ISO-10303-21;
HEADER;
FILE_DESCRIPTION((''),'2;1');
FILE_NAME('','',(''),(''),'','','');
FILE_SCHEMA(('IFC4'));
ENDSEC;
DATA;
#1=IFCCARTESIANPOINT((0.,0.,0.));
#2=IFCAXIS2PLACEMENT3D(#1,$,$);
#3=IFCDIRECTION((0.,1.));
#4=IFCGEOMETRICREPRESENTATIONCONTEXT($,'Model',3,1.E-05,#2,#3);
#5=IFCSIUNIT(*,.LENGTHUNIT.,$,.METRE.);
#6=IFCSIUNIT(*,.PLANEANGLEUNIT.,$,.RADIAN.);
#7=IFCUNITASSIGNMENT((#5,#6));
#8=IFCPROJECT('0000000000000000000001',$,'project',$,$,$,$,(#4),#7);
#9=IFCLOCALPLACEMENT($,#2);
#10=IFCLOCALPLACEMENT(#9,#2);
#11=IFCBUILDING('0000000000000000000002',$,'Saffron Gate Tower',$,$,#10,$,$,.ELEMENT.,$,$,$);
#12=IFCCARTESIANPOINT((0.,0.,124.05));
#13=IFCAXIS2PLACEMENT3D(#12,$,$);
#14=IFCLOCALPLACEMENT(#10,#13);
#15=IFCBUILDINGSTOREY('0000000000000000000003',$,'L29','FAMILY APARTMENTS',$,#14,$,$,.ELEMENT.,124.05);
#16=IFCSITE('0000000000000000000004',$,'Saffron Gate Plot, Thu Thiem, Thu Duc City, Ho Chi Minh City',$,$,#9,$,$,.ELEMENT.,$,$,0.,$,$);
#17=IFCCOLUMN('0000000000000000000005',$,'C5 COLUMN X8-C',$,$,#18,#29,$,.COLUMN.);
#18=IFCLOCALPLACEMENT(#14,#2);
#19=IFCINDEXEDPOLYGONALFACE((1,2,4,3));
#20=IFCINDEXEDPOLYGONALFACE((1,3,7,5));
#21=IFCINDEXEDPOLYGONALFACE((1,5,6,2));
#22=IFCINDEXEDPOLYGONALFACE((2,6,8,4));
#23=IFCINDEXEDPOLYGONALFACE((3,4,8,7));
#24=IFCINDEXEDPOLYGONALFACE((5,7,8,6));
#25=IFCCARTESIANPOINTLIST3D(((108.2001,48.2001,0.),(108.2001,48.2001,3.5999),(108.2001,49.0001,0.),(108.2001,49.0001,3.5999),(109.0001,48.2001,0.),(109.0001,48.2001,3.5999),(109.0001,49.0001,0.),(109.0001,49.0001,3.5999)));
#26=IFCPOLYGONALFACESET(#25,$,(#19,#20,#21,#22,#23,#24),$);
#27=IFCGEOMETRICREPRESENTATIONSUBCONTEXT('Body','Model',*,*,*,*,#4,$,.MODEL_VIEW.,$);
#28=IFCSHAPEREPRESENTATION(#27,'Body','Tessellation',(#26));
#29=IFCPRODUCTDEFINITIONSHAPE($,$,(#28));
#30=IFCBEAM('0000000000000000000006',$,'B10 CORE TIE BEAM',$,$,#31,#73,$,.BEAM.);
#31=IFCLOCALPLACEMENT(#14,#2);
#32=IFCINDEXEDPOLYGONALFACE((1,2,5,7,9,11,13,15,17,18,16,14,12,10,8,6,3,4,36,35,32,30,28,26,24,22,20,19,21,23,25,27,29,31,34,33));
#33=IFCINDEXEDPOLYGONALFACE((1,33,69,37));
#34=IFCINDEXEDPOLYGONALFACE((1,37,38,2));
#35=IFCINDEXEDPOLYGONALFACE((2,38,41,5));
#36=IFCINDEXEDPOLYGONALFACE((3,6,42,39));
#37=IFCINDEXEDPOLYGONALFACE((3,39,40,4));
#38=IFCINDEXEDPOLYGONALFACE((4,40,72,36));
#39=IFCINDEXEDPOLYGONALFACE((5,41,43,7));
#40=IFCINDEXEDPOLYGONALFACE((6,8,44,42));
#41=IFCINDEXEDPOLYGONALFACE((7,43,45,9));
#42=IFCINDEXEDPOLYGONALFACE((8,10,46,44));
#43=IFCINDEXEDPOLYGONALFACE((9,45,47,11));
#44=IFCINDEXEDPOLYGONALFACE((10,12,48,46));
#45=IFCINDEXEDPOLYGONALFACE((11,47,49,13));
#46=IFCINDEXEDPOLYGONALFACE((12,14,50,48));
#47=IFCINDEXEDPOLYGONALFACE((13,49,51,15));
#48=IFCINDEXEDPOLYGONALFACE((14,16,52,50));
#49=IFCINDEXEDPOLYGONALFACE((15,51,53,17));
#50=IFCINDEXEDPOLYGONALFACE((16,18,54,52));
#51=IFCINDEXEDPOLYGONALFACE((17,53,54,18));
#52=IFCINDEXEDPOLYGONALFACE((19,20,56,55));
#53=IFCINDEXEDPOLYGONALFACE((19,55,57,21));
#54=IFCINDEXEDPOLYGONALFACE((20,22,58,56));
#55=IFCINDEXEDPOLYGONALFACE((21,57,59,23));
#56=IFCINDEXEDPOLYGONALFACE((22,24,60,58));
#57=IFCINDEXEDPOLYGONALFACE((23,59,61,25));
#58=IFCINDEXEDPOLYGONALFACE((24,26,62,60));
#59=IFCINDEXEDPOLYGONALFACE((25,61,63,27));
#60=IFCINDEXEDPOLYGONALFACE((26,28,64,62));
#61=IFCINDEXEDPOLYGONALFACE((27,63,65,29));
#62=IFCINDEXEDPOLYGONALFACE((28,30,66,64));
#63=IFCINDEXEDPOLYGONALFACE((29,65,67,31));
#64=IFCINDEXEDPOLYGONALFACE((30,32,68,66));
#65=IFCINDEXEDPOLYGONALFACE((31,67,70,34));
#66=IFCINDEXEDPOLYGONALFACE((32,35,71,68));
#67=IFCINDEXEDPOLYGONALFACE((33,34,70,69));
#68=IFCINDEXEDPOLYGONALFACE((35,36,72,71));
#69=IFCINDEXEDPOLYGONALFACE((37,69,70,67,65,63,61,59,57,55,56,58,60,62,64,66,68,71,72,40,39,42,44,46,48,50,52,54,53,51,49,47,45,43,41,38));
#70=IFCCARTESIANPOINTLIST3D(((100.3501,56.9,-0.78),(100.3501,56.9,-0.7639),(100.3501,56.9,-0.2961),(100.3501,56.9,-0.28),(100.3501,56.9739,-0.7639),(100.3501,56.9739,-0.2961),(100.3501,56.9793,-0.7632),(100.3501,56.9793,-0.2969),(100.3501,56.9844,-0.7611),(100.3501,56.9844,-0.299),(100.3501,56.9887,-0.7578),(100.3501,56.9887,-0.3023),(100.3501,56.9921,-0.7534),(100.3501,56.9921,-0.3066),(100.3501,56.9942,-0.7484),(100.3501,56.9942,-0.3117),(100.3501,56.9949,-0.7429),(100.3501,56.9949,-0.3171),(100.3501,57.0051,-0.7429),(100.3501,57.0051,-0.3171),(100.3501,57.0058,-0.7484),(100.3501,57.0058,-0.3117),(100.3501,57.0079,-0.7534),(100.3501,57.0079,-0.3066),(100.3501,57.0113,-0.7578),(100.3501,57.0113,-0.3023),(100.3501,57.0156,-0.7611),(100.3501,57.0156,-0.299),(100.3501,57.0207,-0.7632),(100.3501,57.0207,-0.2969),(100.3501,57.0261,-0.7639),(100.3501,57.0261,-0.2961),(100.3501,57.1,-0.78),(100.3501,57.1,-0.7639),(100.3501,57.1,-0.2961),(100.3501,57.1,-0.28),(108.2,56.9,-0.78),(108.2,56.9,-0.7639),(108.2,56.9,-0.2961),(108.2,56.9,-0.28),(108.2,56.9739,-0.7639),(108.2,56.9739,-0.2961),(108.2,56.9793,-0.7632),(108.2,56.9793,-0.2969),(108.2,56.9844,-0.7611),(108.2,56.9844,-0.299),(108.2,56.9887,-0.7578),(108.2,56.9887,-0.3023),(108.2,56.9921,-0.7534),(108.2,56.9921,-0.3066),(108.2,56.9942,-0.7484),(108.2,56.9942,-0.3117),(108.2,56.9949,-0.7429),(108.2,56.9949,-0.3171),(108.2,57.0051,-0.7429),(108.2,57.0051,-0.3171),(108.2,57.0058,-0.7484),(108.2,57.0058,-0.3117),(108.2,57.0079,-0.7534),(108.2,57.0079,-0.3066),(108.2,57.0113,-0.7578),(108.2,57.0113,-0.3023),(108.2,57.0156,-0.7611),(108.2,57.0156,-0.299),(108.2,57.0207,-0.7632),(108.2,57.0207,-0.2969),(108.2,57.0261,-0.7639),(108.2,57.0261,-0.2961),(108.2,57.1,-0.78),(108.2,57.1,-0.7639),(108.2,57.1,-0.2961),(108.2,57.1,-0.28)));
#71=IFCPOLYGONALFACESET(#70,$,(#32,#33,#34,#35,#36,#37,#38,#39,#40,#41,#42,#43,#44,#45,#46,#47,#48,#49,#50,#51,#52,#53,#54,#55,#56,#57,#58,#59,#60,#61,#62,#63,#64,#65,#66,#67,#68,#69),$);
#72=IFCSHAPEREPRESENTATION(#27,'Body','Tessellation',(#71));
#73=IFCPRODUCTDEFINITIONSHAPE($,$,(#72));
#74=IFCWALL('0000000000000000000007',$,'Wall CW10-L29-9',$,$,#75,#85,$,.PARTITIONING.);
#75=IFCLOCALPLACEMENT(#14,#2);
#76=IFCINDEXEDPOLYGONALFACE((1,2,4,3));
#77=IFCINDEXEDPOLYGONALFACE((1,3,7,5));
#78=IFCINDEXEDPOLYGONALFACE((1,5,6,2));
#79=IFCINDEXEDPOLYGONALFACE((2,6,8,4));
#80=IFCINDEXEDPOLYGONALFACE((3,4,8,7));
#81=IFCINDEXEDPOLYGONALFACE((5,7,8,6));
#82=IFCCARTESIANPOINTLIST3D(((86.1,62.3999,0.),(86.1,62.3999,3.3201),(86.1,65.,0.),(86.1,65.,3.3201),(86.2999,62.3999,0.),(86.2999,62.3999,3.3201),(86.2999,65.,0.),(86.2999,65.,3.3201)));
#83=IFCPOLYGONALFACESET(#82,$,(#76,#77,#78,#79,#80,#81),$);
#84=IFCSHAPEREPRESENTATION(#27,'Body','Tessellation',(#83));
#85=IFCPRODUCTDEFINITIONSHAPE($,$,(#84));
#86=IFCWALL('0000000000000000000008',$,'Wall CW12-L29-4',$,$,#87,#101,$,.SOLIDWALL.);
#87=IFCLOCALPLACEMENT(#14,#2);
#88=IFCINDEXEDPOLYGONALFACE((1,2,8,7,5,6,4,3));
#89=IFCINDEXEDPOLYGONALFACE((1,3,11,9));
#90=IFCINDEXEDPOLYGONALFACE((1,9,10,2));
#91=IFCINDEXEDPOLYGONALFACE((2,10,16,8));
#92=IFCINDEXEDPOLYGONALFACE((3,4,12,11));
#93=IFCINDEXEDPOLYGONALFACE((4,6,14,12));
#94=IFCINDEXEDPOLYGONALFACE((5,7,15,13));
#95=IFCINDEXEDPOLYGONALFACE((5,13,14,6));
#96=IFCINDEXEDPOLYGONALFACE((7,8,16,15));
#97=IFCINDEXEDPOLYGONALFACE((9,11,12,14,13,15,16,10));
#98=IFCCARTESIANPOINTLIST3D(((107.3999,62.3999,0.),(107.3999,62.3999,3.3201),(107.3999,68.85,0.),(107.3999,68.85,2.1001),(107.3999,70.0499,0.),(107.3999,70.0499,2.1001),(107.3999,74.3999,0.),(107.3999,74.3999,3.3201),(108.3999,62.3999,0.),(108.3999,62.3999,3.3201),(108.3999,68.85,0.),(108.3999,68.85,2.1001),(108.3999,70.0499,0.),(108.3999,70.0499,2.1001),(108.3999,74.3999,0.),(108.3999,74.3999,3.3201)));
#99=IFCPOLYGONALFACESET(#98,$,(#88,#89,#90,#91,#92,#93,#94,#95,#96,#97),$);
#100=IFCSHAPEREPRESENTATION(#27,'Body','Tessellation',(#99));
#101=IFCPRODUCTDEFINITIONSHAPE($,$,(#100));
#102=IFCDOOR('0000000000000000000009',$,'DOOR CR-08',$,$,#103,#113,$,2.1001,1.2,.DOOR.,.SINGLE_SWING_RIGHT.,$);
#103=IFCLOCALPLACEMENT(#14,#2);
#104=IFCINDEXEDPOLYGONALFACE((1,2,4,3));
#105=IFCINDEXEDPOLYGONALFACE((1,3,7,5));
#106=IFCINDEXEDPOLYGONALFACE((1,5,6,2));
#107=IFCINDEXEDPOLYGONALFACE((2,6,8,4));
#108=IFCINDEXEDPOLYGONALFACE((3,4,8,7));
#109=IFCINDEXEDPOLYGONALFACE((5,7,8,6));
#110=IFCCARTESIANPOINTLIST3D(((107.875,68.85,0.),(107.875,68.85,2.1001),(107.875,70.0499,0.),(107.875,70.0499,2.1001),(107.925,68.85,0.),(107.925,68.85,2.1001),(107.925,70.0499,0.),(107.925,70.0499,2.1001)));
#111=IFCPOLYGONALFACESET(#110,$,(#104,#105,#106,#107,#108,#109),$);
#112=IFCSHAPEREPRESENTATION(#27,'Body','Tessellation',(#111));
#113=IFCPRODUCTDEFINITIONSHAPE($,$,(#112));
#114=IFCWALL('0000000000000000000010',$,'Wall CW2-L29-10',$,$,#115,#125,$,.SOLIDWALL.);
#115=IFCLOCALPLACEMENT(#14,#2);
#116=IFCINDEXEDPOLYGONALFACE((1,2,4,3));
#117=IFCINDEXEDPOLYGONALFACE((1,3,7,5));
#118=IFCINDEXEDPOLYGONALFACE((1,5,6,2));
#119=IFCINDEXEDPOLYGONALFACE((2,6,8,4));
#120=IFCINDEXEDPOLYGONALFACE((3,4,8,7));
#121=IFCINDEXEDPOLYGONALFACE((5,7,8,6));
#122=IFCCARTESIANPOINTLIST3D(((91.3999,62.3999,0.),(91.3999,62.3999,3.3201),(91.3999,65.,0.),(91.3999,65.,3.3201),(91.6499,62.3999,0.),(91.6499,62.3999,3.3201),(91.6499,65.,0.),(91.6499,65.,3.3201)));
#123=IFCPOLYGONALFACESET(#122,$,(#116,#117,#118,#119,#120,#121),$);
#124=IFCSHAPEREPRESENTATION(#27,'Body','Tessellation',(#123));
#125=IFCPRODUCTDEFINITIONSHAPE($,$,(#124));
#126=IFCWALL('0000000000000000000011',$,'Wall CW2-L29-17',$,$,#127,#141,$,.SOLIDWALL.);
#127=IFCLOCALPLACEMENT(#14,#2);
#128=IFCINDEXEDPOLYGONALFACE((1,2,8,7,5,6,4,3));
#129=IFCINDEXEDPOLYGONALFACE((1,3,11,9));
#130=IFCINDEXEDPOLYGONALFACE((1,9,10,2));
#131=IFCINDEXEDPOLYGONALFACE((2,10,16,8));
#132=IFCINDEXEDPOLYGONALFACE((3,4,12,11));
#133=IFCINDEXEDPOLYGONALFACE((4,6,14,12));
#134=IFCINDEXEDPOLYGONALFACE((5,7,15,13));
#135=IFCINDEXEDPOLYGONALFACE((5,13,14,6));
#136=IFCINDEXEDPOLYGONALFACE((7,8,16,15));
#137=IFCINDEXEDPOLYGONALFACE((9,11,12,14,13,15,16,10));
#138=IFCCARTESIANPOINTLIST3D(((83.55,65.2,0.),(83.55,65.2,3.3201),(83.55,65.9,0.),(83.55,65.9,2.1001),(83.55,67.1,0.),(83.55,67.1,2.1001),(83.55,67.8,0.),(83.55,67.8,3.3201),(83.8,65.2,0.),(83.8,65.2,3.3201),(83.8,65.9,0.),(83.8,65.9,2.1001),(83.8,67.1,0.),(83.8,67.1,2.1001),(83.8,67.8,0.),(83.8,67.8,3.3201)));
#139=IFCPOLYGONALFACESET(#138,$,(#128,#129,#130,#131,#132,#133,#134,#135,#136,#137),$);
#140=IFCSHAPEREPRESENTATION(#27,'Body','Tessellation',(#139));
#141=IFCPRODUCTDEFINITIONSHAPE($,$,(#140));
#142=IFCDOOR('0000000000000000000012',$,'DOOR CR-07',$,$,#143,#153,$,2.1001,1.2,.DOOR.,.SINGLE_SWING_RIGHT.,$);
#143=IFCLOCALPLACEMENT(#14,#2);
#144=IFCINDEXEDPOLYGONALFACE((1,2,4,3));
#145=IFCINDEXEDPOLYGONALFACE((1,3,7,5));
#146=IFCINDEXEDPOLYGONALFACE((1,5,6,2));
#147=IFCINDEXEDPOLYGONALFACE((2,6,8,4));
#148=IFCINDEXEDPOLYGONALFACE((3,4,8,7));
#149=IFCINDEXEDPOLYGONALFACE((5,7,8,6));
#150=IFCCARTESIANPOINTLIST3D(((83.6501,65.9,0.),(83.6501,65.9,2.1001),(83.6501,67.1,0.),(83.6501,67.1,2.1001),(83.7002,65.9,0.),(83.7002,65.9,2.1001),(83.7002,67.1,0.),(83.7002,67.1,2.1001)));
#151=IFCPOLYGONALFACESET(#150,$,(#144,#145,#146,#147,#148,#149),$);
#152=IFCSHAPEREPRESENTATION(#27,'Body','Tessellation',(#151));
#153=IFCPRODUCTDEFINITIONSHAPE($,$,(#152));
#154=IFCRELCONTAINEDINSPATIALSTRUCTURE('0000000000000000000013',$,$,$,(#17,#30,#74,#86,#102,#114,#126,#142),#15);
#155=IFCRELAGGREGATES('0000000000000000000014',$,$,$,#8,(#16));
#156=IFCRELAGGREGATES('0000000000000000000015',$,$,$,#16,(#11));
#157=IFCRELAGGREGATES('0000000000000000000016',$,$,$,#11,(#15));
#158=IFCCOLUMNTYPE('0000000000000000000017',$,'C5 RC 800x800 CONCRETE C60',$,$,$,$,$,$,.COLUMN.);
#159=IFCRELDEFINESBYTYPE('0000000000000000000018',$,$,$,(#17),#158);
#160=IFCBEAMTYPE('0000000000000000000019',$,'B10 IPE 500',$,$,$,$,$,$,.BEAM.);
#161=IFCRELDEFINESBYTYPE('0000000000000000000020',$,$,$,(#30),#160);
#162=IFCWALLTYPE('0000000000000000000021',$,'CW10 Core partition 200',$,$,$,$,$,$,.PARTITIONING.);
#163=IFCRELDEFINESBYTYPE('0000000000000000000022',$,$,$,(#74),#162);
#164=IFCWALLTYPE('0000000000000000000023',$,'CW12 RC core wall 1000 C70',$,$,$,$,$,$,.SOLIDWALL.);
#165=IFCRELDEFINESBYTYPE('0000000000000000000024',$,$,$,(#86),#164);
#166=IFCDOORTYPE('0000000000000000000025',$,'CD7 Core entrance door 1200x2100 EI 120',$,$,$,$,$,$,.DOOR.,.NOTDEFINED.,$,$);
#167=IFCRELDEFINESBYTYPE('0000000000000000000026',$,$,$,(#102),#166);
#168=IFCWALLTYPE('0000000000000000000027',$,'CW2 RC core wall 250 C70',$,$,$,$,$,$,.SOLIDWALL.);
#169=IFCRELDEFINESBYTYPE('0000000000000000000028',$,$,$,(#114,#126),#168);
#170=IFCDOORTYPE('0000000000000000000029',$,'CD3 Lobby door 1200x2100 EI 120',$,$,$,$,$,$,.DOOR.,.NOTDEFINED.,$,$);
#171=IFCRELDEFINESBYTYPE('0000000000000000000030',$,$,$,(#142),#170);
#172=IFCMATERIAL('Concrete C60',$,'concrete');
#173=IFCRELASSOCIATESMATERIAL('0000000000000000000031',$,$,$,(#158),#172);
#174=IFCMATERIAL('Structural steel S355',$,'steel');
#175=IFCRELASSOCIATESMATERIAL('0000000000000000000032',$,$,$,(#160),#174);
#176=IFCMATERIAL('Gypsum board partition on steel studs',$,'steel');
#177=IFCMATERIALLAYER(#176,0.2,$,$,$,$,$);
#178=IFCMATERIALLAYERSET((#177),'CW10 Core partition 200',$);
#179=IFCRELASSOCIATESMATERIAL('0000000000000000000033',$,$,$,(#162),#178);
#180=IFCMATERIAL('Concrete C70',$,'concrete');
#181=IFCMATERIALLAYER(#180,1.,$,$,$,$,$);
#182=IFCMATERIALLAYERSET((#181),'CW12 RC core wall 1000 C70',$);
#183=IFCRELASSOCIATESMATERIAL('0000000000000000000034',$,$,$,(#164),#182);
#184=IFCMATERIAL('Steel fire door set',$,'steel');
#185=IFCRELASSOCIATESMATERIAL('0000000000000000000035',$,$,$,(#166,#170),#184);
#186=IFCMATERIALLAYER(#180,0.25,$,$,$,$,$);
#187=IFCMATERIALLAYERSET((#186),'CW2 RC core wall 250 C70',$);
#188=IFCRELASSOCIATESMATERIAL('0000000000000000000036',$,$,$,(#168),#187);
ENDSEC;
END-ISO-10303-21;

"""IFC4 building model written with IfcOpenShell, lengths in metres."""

from ifc_helpers import new_model, si_unit, direction, frame, frame_2d, origin, origin_2d, place, context, subcontext, project, spatial, rectangle, i_section, extrude, material, layer, layer_set, material_profile, profile_set, type_object, element, fill, save


model = new_model("IFC4")

# Units and contexts
model_context = context("Model", 3, precision=1e-05, world=origin(), true_north=direction((0.0, 1.0)))
body_context = subcontext(model_context, "Body", "Model", "MODEL_VIEW")
ifc_project = project(units=[si_unit("LENGTHUNIT", "METRE"), si_unit("PLANEANGLEUNIT", "RADIAN")], contexts=[model_context])

# Site, building, storey
site_placement = place(None, origin())
site = spatial("IfcSite", under=ifc_project, at=site_placement, Name="Saffron Gate Plot, Thu Thiem, Thu Duc City, Ho Chi Minh City", CompositionType="ELEMENT", RefElevation=0.0)
building_placement = place(site_placement, origin())
building = spatial("IfcBuilding", under=site, at=building_placement, Name="Saffron Gate Tower", CompositionType="ELEMENT")
storey_placement = place(building_placement, frame((0.0, 0.0, 124.05)))
storey = spatial("IfcBuildingStorey", under=building, at=storey_placement, Name="L29", Description="FAMILY APARTMENTS", CompositionType="ELEMENT", Elevation=124.05)

# Column
ifc_material_1 = material(Name="Concrete C60", Category="concrete")
ifc_material_profile_1 = material_profile(ifc_material_1, rectangle(XDim=0.8, YDim=0.8, at=origin_2d()))
ifc_profile_set_1 = profile_set([ifc_material_profile_1], Name="Concrete C60")
column_type = type_object("IfcColumnType", Name="C5 RC 800x800 CONCRETE C60", PredefinedType="COLUMN", material=ifc_profile_set_1)
column_placement = place(storey_placement, frame((108.6001, 48.6001, 0.0), z_axis=(0.0, 0.0, 1.0), x_axis=(1.0, 0.0, 0.0)))
element("IfcColumn", 1, at=column_placement, inside=storey, type_object=column_type, Name="C5 COLUMN X8-C", PredefinedType="COLUMN", context=body_context, shape_type="SweptSolid", body=[
    extrude(rectangle(XDim=0.8, YDim=0.8, at=origin_2d()), origin(), (0.0, 0.0, 1.0), 3.5999),
])

# Beam
ifc_material_2 = material(Name="Structural steel S355", Category="steel")
ifc_material_profile_2 = material_profile(ifc_material_2, i_section(OverallWidth=0.2, OverallDepth=0.5, WebThickness=0.0103, FlangeThickness=0.0161, FilletRadius=0.021, at=origin_2d()))
ifc_profile_set_2 = profile_set([ifc_material_profile_2], Name="Structural steel S355")
beam_type = type_object("IfcBeamType", Name="B10 IPE 500", PredefinedType="BEAM", material=ifc_profile_set_2)
beam_placement = place(storey_placement, frame((108.2, 57.0, -0.53), z_axis=(-1.0, 0.0, 0.0), x_axis=(0.0, -1.0, 0.0)))
element("IfcBeam", 2, at=beam_placement, inside=storey, type_object=beam_type, Name="B10 CORE TIE BEAM", PredefinedType="BEAM", context=body_context, shape_type="SweptSolid", body=[
    extrude(i_section(OverallWidth=0.2, OverallDepth=0.5, WebThickness=0.0103, FlangeThickness=0.0161, FilletRadius=0.021, at=origin_2d()), origin(), (0.0, 0.0, 1.0), 7.8499),
])

# Wall
ifc_material_3 = material(Name="Gypsum board partition on steel studs", Category="steel")
ifc_layer_1 = layer(ifc_material_3, 0.2)
ifc_layer_set_1 = layer_set([ifc_layer_1], Name="CW10 Core partition 200")
wall_type_1 = type_object("IfcWallType", Name="CW10 Core partition 200", PredefinedType="PARTITIONING", material=ifc_layer_set_1)
wall_1_placement = place(storey_placement, frame((86.2, 62.3999, 0.0), z_axis=(0.0, 0.0, 1.0), x_axis=(0.0, 1.0, 0.0)))
element("IfcWall", 3, at=wall_1_placement, inside=storey, type_object=wall_type_1, Name="Wall CW10-L29-9", PredefinedType="PARTITIONING", context=body_context, shape_type="SweptSolid", body=[
    extrude(rectangle(XDim=2.6001, YDim=0.2, at=frame_2d((1.3, 0.0))), origin(), (0.0, 0.0, 1.0), 3.3201),
])

# Wall, opening, door
ifc_material_4 = material(Name="Concrete C70", Category="concrete")
ifc_layer_2 = layer(ifc_material_4, 1.0)
ifc_layer_set_2 = layer_set([ifc_layer_2], Name="CW12 RC core wall 1000 C70")
wall_type_2 = type_object("IfcWallType", Name="CW12 RC core wall 1000 C70", PredefinedType="SOLIDWALL", material=ifc_layer_set_2)
wall_2_placement = place(storey_placement, frame((107.8999, 62.3999, 0.0), z_axis=(0.0, 0.0, 1.0), x_axis=(0.0, 1.0, 0.0)))
wall_2 = element("IfcWall", 4, at=wall_2_placement, inside=storey, type_object=wall_type_2, Name="Wall CW12-L29-4", PredefinedType="SOLIDWALL", context=body_context, shape_type="SweptSolid", body=[
    extrude(rectangle(XDim=12.0, YDim=1.0, at=frame_2d((6.0, 0.0))), origin(), (0.0, 0.0, 1.0), 3.3201),
])
opening_1_placement = place(wall_2_placement, frame((6.45, 0.0, 0.0)))
opening_1 = element("IfcOpeningElement", 5, at=opening_1_placement, cuts=wall_2, PredefinedType="OPENING", context=body_context, shape_type="SweptSolid", body=[
    extrude(rectangle(XDim=1.2, YDim=2.1001, at=frame_2d((0.6001, 1.05))), frame((0.0, 0.51, 0.0), z_axis=(0.0, -1.0, 0.0), x_axis=(1.0, 0.0, 0.0)), (0.0, 0.0, 1.0), 1.02),
])
ifc_material_5 = material(Name="Steel fire door set", Category="steel")
door_type_1 = type_object("IfcDoorType", Name="CD7 Core entrance door 1200x2100 EI 120", OperationType="NOTDEFINED", PredefinedType="DOOR", material=ifc_material_5)
door_1_placement = place(opening_1_placement, origin())
door_1 = element("IfcDoor", 6, at=door_1_placement, inside=storey, type_object=door_type_1, Name="DOOR CR-08", OperationType="SINGLE_SWING_RIGHT", OverallHeight=2.1001, OverallWidth=1.2, PredefinedType="DOOR", context=body_context, shape_type="SweptSolid", body=[
    extrude(rectangle(XDim=1.2, YDim=2.1001, at=frame_2d((0.6001, 1.05))), frame((0.0, 0.0249, 0.0), z_axis=(0.0, -1.0, 0.0), x_axis=(1.0, 0.0, 0.0)), (0.0, 0.0, 1.0), 0.05),
])
fill(opening_1, door_1)

# Wall
ifc_layer_3 = layer(ifc_material_4, 0.25)
ifc_layer_set_3 = layer_set([ifc_layer_3], Name="CW2 RC core wall 250 C70")
wall_type_3 = type_object("IfcWallType", Name="CW2 RC core wall 250 C70", PredefinedType="SOLIDWALL", material=ifc_layer_set_3)
wall_3_placement = place(storey_placement, frame((91.5249, 62.3999, 0.0), z_axis=(0.0, 0.0, 1.0), x_axis=(0.0, 1.0, 0.0)))
element("IfcWall", 7, at=wall_3_placement, inside=storey, type_object=wall_type_3, Name="Wall CW2-L29-10", PredefinedType="SOLIDWALL", context=body_context, shape_type="SweptSolid", body=[
    extrude(rectangle(XDim=2.6001, YDim=0.25, at=frame_2d((1.3, 0.0))), origin(), (0.0, 0.0, 1.0), 3.3201),
])

# Wall, opening, door
wall_4_placement = place(storey_placement, frame((83.675, 65.2, 0.0), z_axis=(0.0, 0.0, 1.0), x_axis=(0.0, 1.0, 0.0)))
wall_4 = element("IfcWall", 8, at=wall_4_placement, inside=storey, type_object=wall_type_3, Name="Wall CW2-L29-17", PredefinedType="SOLIDWALL", context=body_context, shape_type="SweptSolid", body=[
    extrude(rectangle(XDim=2.6001, YDim=0.25, at=frame_2d((1.3, 0.0))), origin(), (0.0, 0.0, 1.0), 3.3201),
])
opening_2_placement = place(wall_4_placement, frame((0.7, 0.0, 0.0)))
opening_2 = element("IfcOpeningElement", 9, at=opening_2_placement, cuts=wall_4, PredefinedType="OPENING", context=body_context, shape_type="SweptSolid", body=[
    extrude(rectangle(XDim=1.2, YDim=2.1001, at=frame_2d((0.6001, 1.05))), frame((0.0, 0.135, 0.0), z_axis=(0.0, -1.0, 0.0), x_axis=(1.0, 0.0, 0.0)), (0.0, 0.0, 1.0), 0.27),
])
door_type_2 = type_object("IfcDoorType", Name="CD3 Lobby door 1200x2100 EI 120", OperationType="NOTDEFINED", PredefinedType="DOOR", material=ifc_material_5)
door_2_placement = place(opening_2_placement, origin())
door_2 = element("IfcDoor", 10, at=door_2_placement, inside=storey, type_object=door_type_2, Name="DOOR CR-07", OperationType="SINGLE_SWING_RIGHT", OverallHeight=2.1001, OverallWidth=1.2, PredefinedType="DOOR", context=body_context, shape_type="SweptSolid", body=[
    extrude(rectangle(XDim=1.2, YDim=2.1001, at=frame_2d((0.6001, 1.05))), frame((0.0, 0.0249, 0.0), z_axis=(0.0, -1.0, 0.0), x_axis=(1.0, 0.0, 0.0)), (0.0, 0.0, 1.0), 0.05),
])
fill(opening_2, door_2)

save(model, "model.ifc")
